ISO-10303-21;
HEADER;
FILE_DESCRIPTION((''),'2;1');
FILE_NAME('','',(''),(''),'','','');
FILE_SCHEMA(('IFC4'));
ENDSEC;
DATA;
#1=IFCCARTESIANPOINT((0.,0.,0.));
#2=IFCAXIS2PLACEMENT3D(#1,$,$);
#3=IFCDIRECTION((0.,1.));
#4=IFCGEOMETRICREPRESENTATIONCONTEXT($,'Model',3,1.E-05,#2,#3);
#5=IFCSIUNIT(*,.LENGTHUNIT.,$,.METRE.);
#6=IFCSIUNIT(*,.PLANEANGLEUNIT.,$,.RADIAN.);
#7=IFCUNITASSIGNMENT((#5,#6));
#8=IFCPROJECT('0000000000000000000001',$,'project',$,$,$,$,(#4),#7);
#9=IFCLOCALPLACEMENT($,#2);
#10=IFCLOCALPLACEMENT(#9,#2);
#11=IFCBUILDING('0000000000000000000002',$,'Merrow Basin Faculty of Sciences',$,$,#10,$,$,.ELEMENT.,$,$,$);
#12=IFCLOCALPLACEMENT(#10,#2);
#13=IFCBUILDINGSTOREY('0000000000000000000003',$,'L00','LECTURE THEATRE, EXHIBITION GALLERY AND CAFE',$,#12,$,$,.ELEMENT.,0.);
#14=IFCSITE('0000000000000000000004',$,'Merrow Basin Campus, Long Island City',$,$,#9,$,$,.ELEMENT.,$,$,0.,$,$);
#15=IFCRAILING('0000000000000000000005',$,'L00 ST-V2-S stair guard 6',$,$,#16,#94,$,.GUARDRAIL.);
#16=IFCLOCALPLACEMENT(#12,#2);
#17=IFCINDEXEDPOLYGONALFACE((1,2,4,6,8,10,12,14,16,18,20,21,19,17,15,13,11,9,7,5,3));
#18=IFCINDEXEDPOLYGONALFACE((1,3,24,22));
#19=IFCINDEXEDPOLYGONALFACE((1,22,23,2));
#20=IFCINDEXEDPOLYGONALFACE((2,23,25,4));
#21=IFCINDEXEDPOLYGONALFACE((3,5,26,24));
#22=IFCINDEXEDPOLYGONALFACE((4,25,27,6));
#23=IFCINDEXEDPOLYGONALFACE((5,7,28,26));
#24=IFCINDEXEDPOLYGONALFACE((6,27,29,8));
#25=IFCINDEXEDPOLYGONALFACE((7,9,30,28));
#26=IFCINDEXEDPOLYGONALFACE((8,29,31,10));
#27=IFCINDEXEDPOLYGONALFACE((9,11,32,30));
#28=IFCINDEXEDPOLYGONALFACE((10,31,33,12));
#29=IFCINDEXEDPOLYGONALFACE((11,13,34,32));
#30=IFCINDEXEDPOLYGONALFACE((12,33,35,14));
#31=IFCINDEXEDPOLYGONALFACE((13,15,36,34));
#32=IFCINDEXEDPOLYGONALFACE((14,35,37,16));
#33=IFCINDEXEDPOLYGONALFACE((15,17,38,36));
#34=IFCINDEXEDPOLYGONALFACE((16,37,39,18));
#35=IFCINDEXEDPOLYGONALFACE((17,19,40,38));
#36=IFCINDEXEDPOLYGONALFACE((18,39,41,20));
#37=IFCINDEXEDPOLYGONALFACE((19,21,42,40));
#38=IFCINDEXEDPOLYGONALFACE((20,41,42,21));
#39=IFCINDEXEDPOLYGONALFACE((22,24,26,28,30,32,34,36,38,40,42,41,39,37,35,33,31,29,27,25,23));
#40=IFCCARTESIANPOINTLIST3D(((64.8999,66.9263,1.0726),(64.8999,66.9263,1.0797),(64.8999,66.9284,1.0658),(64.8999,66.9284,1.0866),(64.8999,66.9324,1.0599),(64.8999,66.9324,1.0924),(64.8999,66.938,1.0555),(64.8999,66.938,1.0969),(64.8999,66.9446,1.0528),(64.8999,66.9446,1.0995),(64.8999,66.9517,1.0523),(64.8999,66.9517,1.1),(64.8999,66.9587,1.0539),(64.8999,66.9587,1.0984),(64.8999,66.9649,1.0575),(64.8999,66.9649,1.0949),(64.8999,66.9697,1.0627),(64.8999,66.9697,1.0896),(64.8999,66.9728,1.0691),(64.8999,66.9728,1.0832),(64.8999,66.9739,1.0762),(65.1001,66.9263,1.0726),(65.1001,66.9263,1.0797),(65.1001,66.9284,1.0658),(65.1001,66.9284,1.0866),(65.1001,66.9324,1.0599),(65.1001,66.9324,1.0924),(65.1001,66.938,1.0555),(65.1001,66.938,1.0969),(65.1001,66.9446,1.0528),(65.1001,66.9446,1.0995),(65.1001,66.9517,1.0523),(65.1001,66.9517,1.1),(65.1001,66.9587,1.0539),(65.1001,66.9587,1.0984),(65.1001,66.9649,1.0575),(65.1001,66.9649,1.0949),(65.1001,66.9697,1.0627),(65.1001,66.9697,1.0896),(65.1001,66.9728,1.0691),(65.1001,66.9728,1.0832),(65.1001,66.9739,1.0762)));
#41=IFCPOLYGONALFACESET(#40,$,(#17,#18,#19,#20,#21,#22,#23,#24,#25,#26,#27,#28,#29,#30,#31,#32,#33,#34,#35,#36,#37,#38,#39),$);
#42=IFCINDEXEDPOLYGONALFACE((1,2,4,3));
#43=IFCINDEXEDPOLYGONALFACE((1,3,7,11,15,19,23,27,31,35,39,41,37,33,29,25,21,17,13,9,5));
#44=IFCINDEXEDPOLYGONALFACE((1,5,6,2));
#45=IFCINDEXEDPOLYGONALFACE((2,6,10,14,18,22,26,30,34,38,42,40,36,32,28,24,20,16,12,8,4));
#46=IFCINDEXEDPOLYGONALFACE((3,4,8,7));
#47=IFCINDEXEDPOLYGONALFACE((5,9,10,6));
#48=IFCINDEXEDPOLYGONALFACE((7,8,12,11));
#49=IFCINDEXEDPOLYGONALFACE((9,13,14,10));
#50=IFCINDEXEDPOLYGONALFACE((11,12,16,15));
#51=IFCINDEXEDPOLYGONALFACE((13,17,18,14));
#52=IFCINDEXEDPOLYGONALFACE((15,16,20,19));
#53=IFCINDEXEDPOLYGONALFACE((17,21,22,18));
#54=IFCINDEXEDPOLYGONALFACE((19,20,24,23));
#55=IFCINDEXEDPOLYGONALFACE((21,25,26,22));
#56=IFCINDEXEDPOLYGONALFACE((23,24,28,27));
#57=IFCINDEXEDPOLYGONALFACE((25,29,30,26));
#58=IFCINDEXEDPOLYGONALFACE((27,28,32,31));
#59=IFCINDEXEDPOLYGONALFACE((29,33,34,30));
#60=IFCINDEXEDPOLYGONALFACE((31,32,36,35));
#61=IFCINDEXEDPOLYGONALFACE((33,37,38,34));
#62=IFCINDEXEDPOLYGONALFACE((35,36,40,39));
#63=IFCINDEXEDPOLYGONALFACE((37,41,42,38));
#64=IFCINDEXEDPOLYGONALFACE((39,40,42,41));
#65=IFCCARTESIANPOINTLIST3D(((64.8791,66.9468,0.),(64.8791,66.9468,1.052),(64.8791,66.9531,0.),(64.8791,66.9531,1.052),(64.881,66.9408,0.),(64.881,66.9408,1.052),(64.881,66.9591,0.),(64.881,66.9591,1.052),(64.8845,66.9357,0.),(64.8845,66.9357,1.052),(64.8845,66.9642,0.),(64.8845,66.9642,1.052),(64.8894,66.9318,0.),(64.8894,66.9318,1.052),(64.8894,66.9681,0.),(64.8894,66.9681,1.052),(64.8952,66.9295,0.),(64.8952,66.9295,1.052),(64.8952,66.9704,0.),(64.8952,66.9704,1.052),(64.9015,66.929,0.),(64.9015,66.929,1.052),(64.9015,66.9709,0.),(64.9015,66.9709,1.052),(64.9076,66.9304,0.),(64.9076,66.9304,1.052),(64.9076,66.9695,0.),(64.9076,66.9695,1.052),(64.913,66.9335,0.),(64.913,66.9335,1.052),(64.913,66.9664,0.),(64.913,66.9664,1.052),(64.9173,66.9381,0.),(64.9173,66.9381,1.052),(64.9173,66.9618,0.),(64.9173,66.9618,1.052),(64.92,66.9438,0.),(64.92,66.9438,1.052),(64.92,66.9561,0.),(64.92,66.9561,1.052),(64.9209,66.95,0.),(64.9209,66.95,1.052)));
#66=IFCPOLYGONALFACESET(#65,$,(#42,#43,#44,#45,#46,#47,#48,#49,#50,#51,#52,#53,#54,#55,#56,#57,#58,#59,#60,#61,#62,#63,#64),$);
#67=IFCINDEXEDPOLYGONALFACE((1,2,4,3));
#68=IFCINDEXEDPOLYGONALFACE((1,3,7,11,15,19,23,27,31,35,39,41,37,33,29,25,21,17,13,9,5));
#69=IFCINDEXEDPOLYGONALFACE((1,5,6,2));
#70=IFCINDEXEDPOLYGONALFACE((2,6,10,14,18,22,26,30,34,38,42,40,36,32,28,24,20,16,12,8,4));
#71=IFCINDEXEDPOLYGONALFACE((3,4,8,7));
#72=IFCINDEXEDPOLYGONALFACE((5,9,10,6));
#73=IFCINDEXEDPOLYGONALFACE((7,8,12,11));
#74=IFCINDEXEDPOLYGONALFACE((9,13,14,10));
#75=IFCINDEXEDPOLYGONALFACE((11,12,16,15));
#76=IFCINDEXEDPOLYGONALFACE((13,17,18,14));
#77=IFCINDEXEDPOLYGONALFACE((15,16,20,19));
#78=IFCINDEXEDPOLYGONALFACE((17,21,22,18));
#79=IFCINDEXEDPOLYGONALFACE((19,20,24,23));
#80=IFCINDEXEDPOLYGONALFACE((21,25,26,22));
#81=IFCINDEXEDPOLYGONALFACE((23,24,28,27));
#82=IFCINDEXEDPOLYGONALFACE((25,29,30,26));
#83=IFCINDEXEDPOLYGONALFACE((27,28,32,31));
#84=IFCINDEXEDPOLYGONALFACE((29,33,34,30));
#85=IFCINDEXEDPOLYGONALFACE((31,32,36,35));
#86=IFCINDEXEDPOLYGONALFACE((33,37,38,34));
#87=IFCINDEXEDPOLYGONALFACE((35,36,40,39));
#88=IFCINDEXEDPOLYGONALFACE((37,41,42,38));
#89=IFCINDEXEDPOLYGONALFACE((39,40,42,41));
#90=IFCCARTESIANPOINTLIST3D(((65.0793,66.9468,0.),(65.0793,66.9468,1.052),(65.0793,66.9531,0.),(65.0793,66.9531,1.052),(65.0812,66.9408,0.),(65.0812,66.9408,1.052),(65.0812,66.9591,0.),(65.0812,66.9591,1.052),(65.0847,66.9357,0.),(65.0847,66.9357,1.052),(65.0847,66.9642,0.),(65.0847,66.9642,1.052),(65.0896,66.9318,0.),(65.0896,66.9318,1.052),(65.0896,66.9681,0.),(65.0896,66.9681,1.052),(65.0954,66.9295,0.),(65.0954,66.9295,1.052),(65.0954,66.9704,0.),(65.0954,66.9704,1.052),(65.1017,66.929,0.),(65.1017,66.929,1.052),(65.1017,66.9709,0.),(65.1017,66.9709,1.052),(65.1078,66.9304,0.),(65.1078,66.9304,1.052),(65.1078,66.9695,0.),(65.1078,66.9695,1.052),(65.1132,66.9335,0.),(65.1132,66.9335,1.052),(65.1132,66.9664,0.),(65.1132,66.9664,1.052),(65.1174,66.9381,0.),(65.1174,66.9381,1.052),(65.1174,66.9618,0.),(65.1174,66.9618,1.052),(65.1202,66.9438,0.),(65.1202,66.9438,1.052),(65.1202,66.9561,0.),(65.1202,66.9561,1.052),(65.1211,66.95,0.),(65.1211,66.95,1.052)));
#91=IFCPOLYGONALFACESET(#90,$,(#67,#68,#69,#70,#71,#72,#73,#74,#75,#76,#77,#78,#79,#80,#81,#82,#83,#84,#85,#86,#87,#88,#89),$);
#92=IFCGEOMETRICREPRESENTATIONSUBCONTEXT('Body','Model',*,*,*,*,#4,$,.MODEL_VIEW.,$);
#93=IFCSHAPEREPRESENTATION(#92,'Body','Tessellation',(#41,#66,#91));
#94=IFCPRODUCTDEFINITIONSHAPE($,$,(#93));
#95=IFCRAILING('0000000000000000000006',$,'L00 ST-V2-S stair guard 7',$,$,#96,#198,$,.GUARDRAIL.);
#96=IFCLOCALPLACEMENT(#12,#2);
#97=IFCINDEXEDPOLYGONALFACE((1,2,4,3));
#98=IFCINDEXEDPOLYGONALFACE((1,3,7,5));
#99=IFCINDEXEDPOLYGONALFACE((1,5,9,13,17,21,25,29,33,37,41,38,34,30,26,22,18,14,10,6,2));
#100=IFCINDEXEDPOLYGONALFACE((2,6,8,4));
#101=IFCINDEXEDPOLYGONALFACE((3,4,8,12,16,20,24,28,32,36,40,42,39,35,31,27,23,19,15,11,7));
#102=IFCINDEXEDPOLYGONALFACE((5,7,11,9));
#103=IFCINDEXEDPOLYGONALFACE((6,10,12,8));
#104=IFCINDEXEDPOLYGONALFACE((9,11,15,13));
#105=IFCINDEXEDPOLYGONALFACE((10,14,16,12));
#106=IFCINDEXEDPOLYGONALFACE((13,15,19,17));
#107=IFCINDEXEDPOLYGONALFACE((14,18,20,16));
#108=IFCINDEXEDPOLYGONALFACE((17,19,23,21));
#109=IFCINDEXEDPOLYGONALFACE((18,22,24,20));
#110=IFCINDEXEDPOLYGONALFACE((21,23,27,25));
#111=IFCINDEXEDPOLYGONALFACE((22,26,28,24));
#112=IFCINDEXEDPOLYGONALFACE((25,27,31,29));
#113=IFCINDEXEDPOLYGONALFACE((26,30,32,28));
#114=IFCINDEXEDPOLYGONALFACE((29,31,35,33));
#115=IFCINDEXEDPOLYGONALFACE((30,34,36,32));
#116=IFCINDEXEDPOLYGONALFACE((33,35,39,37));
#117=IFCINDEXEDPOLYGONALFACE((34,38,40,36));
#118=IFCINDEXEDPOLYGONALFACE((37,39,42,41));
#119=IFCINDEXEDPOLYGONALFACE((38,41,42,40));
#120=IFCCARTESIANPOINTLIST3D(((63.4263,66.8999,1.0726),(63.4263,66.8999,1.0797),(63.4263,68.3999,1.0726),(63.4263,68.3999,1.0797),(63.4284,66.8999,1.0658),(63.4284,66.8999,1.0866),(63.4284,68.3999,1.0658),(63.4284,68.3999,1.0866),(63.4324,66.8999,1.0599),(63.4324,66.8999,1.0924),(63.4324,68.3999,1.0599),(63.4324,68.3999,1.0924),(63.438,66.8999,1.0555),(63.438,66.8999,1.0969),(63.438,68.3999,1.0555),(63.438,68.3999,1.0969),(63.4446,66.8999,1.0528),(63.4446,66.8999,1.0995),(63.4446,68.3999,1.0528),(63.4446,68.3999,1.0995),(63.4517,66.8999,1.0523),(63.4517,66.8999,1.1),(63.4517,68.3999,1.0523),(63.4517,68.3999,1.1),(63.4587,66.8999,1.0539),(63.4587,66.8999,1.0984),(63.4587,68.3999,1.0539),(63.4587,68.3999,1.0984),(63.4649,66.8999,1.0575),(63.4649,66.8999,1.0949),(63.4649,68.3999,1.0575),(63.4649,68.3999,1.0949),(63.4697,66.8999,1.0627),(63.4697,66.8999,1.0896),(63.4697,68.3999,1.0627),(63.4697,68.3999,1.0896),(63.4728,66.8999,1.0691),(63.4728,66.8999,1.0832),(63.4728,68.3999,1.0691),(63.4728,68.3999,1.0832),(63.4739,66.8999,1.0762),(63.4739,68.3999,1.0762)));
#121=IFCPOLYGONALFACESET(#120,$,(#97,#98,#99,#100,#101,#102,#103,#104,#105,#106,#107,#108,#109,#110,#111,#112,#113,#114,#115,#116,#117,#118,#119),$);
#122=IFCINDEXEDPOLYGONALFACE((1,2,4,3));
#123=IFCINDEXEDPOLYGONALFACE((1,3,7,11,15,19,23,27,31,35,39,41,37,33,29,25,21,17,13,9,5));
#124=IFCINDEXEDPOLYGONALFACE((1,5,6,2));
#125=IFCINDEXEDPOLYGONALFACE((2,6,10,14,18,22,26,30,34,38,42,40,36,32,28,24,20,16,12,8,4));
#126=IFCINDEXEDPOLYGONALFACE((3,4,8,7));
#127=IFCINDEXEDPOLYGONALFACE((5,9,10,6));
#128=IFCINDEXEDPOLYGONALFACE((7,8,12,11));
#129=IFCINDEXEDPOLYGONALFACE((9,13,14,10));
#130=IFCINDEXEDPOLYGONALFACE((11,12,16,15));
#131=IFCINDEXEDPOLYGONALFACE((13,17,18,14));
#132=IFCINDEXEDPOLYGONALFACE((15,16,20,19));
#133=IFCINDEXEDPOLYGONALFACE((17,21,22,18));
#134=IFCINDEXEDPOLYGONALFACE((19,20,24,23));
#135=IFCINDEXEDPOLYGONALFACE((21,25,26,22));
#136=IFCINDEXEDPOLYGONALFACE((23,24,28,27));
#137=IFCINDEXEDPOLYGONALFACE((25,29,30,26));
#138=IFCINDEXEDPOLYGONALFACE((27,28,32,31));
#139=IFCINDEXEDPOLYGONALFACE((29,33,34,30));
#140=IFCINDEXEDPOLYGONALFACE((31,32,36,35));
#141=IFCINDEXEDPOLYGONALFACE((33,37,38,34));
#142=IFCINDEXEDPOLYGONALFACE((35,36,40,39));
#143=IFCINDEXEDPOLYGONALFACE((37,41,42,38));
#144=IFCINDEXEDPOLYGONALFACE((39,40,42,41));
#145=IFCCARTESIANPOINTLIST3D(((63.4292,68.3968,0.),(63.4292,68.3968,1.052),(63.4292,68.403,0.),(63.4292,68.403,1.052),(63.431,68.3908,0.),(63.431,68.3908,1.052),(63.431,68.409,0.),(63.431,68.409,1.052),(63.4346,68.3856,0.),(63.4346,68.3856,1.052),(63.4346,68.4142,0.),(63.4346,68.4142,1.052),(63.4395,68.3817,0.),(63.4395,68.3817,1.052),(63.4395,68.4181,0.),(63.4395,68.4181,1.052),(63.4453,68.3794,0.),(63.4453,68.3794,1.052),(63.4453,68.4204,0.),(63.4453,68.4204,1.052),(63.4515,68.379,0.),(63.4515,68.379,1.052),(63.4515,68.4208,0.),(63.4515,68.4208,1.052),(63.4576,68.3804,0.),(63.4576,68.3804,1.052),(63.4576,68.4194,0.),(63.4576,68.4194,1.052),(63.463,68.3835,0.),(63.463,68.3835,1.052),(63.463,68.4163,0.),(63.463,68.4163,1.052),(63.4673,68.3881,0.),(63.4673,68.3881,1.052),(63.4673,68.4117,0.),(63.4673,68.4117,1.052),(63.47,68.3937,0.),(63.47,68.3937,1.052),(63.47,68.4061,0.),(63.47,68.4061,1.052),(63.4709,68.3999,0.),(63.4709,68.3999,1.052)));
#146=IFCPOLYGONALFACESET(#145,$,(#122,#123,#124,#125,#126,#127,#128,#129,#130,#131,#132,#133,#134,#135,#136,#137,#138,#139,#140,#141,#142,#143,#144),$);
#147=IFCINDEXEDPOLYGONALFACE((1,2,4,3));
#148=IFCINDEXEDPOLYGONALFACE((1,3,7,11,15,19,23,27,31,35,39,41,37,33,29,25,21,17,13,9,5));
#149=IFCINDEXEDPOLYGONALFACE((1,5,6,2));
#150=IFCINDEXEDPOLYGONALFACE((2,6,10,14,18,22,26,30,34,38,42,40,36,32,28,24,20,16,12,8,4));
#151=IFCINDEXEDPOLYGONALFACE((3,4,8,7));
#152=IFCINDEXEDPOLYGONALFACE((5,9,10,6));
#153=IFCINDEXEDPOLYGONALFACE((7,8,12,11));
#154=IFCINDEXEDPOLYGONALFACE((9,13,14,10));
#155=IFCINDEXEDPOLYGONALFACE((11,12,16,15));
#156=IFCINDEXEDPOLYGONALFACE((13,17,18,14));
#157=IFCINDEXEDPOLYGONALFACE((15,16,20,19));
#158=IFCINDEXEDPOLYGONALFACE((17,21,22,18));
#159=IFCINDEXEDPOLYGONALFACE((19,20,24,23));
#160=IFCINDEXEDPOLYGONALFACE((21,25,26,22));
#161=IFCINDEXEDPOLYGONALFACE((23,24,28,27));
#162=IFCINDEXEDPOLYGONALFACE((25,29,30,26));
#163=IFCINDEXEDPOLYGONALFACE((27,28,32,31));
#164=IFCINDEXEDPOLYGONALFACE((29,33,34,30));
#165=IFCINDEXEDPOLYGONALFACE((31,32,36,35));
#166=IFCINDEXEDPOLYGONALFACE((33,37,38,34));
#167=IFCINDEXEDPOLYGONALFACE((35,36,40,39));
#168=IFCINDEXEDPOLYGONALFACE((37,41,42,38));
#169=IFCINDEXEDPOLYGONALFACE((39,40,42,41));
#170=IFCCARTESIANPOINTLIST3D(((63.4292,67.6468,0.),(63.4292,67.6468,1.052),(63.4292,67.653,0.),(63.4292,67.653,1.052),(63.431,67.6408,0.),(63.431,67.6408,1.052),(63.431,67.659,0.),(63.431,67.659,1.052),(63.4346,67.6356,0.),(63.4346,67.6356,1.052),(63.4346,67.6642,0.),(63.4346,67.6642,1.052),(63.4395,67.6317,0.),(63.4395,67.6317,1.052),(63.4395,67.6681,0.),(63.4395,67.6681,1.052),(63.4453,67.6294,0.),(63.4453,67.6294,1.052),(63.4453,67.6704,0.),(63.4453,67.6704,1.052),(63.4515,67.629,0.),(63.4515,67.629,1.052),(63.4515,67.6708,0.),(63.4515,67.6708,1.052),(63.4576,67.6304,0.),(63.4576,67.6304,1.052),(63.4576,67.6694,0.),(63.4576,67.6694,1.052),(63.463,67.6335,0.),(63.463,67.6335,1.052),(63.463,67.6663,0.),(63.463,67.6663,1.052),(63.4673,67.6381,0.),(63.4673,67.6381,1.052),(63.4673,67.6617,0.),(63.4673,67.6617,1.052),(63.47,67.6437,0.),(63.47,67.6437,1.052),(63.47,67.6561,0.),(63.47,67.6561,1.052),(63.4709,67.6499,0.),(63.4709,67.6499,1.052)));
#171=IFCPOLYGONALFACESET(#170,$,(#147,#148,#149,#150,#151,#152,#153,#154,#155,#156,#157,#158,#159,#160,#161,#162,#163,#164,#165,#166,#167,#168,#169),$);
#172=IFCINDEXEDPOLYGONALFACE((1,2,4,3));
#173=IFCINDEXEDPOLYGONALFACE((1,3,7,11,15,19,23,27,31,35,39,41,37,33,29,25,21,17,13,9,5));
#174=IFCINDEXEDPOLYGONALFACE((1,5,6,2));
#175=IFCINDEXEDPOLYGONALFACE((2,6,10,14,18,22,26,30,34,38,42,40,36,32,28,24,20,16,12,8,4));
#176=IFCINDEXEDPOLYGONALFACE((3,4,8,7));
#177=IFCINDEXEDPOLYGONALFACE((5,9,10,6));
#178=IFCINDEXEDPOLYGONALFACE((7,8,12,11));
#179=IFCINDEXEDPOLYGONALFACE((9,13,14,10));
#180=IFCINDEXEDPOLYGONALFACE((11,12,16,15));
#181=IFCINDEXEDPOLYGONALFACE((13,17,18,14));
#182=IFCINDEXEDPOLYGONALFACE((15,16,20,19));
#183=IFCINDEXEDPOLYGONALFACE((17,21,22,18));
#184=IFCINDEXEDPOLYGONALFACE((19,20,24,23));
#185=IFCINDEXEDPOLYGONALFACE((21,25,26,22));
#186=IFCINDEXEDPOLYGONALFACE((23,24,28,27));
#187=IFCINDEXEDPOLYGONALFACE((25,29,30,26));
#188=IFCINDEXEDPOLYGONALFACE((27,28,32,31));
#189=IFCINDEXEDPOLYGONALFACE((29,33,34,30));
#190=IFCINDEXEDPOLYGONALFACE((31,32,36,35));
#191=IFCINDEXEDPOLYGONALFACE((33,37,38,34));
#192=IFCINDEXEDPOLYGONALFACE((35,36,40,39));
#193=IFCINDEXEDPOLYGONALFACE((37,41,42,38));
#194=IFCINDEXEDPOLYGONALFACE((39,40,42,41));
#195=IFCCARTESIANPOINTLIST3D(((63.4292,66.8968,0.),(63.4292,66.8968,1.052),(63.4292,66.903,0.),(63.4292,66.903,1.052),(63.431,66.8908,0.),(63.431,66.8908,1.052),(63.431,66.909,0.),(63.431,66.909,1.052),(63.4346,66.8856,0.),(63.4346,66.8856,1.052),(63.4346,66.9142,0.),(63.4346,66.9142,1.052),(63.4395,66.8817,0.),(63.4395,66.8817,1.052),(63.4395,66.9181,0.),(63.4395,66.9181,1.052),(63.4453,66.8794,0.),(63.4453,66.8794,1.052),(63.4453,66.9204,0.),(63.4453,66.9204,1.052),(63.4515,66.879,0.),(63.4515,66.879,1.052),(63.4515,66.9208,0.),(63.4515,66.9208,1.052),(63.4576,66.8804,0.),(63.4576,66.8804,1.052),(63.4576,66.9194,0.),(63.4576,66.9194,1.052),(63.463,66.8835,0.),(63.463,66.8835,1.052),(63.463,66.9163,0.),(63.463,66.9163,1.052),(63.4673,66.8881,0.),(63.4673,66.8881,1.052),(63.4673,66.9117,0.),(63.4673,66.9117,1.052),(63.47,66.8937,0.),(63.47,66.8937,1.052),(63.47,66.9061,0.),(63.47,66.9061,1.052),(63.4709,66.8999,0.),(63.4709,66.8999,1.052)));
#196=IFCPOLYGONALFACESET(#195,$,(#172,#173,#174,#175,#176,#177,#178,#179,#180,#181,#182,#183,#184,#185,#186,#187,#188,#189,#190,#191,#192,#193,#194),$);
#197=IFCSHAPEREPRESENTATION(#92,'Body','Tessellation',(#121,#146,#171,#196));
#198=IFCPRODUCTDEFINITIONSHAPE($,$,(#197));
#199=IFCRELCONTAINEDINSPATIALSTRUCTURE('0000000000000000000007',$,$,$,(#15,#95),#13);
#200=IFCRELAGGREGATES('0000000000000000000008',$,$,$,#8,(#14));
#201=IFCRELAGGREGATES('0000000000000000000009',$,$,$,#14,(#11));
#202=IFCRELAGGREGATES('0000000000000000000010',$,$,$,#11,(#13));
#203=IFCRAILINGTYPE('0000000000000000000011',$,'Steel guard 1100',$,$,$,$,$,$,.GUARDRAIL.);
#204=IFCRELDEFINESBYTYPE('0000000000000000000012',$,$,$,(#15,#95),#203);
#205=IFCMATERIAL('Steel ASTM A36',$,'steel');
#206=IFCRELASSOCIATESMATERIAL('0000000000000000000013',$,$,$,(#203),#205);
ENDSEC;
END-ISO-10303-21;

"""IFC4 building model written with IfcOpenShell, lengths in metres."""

from ifc_helpers import new_model, si_unit, direction, frame, origin, origin_2d, place, context, subcontext, project, spatial, circle, extrude, material, type_object, element, save


model = new_model("IFC4")

# Units and contexts
model_context = context("Model", 3, precision=1e-05, world=origin(), true_north=direction((0.0, 1.0)))
body_context = subcontext(model_context, "Body", "Model", "MODEL_VIEW")
ifc_project = project(units=[si_unit("LENGTHUNIT", "METRE"), si_unit("PLANEANGLEUNIT", "RADIAN")], contexts=[model_context])

# Site, building, storey
site_placement = place(None, origin())
site = spatial("IfcSite", under=ifc_project, at=site_placement, Name="Merrow Basin Campus, Long Island City", CompositionType="ELEMENT", RefElevation=0.0)
building_placement = place(site_placement, origin())
building = spatial("IfcBuilding", under=site, at=building_placement, Name="Merrow Basin Faculty of Sciences", CompositionType="ELEMENT")
storey_placement = place(building_placement, origin())
storey = spatial("IfcBuildingStorey", under=building, at=storey_placement, Name="L00", Description="LECTURE THEATRE, EXHIBITION GALLERY AND CAFE", CompositionType="ELEMENT", Elevation=0.0)

# Railings
ifc_material_1 = material(Name="Steel ASTM A36", Category="steel")
railing_type_1 = type_object("IfcRailingType", Name="Steel guard 1100", PredefinedType="GUARDRAIL", material=ifc_material_1)
railing_1_placement = place(storey_placement, frame((64.8999, 66.95, 0.0)))
element("IfcRailing", 1, at=railing_1_placement, inside=storey, type_object=railing_type_1, Name="L00 ST-V2-S stair guard 6", PredefinedType="GUARDRAIL", context=body_context, shape_type="SweptSolid", body=[
    extrude(circle(Radius=0.0239, at=origin_2d()), frame((0.0, 0.0, 1.0762), z_axis=(1.0, 0.0, 0.0), x_axis=(0.0, 1.0, 0.0)), (0.0, 0.0, 1.0), 0.2002),
    extrude(circle(Radius=0.021, at=origin_2d()), origin(), (0.0, 0.0, 1.0), 1.052),
    extrude(circle(Radius=0.021, at=origin_2d()), frame((0.2002, 0.0, 0.0)), (0.0, 0.0, 1.0), 1.052),
])
railing_2_placement = place(storey_placement, frame((63.45, 68.3999, 0.0)))
element("IfcRailing", 2, at=railing_2_placement, inside=storey, type_object=railing_type_1, Name="L00 ST-V2-S stair guard 7", PredefinedType="GUARDRAIL", context=body_context, shape_type="SweptSolid", body=[
    extrude(circle(Radius=0.0239, at=origin_2d()), frame((0.0, 0.0, 1.0762), z_axis=(0.0, -1.0, 0.0), x_axis=(1.0, 0.0, 0.0)), (0.0, 0.0, 1.0), 1.5),
    extrude(circle(Radius=0.021, at=origin_2d()), origin(), (0.0, 0.0, 1.0), 1.052),
    extrude(circle(Radius=0.021, at=origin_2d()), frame((0.0, -0.75, 0.0)), (0.0, 0.0, 1.0), 1.052),
    extrude(circle(Radius=0.021, at=origin_2d()), frame((0.0, -1.5, 0.0)), (0.0, 0.0, 1.0), 1.052),
])

save(model, "model.ifc")
